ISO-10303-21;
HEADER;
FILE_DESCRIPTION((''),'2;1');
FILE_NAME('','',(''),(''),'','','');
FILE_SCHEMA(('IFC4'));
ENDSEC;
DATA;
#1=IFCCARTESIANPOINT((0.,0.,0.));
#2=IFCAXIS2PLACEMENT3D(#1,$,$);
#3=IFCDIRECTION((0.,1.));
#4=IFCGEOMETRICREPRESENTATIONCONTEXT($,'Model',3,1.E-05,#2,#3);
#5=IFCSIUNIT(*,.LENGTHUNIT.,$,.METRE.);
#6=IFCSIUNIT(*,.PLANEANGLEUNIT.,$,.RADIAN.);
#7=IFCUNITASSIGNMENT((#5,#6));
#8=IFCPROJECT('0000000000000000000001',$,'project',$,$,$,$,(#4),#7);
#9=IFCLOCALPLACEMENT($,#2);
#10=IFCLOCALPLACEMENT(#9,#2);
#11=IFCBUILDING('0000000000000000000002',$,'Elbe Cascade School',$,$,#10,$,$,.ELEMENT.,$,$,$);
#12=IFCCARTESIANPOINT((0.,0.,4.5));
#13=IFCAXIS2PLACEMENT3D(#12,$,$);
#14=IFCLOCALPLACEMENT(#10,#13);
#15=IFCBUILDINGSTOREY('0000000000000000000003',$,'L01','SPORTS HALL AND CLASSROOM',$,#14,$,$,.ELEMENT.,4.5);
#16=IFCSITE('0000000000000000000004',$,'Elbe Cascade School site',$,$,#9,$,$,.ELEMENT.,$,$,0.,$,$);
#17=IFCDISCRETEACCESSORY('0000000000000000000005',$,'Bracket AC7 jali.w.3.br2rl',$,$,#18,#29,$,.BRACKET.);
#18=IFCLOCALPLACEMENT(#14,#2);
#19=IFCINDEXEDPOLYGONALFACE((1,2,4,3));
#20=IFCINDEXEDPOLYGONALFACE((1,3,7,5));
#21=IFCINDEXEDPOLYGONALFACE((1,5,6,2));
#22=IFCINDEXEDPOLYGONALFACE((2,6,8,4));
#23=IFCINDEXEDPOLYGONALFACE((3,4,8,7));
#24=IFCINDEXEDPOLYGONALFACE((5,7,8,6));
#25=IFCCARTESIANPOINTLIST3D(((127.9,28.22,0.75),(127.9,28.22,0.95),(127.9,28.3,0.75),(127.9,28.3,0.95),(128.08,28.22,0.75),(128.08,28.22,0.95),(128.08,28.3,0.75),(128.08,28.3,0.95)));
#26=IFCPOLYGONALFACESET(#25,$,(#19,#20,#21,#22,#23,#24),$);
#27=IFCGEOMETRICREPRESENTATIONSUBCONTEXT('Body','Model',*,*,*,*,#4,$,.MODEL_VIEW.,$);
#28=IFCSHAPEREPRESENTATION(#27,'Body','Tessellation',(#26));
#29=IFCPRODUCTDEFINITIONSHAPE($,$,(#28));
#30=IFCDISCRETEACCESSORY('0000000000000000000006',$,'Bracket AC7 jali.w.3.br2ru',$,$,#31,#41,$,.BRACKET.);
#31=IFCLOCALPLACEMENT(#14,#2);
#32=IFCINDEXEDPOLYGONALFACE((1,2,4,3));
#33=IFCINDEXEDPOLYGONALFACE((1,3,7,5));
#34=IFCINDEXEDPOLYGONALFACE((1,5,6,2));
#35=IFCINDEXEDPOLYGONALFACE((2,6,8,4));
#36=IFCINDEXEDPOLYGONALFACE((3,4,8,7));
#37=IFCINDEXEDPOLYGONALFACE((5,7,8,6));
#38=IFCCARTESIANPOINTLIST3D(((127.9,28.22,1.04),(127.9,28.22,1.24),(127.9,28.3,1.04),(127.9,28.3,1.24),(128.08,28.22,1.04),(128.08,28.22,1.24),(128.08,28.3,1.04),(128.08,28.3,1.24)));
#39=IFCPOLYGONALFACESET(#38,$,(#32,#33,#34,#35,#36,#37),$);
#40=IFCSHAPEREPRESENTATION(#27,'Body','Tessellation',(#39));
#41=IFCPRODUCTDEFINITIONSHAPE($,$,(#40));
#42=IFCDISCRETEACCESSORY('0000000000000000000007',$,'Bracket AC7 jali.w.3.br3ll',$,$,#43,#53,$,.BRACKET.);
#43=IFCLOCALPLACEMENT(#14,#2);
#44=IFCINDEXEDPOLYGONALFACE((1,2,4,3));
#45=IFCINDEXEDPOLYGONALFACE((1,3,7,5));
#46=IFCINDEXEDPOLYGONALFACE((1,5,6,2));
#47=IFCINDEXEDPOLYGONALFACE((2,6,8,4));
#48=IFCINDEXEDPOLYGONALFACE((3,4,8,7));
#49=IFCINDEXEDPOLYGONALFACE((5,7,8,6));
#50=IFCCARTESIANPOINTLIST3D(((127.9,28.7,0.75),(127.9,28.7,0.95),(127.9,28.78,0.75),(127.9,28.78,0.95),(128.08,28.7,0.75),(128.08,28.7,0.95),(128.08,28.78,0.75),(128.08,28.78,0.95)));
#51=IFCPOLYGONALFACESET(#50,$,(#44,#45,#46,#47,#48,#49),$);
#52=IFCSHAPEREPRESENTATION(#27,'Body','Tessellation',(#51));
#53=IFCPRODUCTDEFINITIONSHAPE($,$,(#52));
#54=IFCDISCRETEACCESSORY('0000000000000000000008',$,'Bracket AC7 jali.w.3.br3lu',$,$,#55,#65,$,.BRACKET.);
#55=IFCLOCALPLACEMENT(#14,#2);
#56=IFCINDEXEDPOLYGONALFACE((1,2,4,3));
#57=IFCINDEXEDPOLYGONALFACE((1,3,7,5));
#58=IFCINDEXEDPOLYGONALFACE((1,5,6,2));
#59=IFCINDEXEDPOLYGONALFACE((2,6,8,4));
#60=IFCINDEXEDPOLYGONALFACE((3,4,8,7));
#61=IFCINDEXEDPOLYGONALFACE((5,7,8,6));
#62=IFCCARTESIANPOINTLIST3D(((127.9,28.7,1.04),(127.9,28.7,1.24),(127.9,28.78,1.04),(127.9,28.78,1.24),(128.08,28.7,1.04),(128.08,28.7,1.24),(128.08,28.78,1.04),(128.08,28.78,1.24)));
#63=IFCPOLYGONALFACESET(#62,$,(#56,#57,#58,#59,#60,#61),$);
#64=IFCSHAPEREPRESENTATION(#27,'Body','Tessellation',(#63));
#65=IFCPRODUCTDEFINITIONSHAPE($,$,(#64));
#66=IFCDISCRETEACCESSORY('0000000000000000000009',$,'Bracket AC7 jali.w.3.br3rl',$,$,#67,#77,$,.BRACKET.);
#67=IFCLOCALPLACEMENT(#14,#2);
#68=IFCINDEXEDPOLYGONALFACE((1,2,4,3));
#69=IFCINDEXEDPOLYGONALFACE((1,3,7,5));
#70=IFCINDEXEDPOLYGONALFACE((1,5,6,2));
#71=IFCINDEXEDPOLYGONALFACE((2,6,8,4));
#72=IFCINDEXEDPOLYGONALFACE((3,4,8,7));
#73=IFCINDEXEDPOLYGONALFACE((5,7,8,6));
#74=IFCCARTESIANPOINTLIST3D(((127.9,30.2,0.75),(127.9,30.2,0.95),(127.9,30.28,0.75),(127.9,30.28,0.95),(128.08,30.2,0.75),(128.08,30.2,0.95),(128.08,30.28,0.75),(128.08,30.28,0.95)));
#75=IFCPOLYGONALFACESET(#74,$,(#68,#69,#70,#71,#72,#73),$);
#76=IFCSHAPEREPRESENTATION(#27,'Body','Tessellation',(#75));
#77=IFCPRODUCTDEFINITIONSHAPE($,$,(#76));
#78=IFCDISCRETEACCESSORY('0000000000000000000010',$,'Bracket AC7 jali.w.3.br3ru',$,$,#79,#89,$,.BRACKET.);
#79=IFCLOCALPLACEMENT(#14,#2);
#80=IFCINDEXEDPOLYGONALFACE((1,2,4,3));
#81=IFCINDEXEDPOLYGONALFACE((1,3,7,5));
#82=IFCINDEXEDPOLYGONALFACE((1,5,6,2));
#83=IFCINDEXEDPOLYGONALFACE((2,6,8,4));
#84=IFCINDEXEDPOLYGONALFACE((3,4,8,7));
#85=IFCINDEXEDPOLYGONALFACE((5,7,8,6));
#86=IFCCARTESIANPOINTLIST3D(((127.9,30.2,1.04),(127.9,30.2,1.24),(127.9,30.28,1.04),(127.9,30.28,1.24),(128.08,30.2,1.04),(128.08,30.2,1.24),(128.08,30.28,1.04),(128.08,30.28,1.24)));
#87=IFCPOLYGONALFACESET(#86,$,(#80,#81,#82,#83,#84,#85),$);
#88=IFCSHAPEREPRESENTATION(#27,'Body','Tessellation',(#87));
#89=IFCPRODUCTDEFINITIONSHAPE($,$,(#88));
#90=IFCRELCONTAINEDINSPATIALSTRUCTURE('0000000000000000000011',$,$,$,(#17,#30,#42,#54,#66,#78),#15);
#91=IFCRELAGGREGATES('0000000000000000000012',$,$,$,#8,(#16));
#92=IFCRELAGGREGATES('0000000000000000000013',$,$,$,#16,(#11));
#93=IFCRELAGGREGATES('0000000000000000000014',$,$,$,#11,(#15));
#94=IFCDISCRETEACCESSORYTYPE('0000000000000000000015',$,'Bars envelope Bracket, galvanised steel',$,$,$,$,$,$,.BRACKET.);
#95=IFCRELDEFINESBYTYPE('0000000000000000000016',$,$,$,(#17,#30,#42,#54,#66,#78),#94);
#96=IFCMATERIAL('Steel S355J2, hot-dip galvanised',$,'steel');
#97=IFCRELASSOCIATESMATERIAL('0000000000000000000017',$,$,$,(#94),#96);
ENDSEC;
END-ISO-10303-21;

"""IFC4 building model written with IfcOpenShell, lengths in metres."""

from ifc_helpers import new_model, si_unit, direction, frame, origin, origin_2d, place, context, subcontext, project, spatial, rectangle, extrude, material, type_object, element, save


model = new_model("IFC4")

# Units and contexts
model_context = context("Model", 3, precision=1e-05, world=origin(), true_north=direction((0.0, 1.0)))
body_context = subcontext(model_context, "Body", "Model", "MODEL_VIEW")
ifc_project = project(units=[si_unit("LENGTHUNIT", "METRE"), si_unit("PLANEANGLEUNIT", "RADIAN")], contexts=[model_context])

# Site, building, storey
site_placement = place(None, origin())
site = spatial("IfcSite", under=ifc_project, at=site_placement, Name="Elbe Cascade School site", CompositionType="ELEMENT", RefElevation=0.0)
building_placement = place(site_placement, origin())
building = spatial("IfcBuilding", under=site, at=building_placement, Name="Elbe Cascade School", CompositionType="ELEMENT")
storey_placement = place(building_placement, frame((0.0, 0.0, 4.5)))
storey = spatial("IfcBuildingStorey", under=building, at=storey_placement, Name="L01", Description="SPORTS HALL AND CLASSROOM", CompositionType="ELEMENT", Elevation=4.5)

# Discrete accessories
ifc_material_1 = material(Name="Steel S355J2, hot-dip galvanised", Category="steel")
discrete_accessory_type = type_object("IfcDiscreteAccessoryType", Name="Bars envelope Bracket, galvanised steel", PredefinedType="BRACKET", material=ifc_material_1)
for number, where, z_axis, x_axis, name in (
    (1, (127.99, 28.26, 0.75), (0.0, 0.0, 1.0), (0.0, 1.0, 0.0), "Bracket AC7 jali.w.3.br2rl"),
    (2, (127.99, 28.26, 1.04), (0.0, 0.0, 1.0), (0.0, 1.0, 0.0), "Bracket AC7 jali.w.3.br2ru"),
    (3, (127.99, 28.74, 0.75), (0.0, 0.0, 1.0), (0.0, 1.0, 0.0), "Bracket AC7 jali.w.3.br3ll"),
    (4, (127.99, 28.74, 1.04), (0.0, 0.0, 1.0), (0.0, 1.0, 0.0), "Bracket AC7 jali.w.3.br3lu"),
    (5, (127.99, 30.24, 0.75), (0.0, 0.0, 1.0), (0.0, 1.0, 0.0), "Bracket AC7 jali.w.3.br3rl"),
    (6, (127.99, 30.24, 1.04), (0.0, 0.0, 1.0), (0.0, 1.0, 0.0), "Bracket AC7 jali.w.3.br3ru"),
):
    element("IfcDiscreteAccessory", number, at=place(storey_placement, frame(where, z_axis=z_axis, x_axis=x_axis)), inside=storey, type_object=discrete_accessory_type, Name=name, PredefinedType="BRACKET", context=body_context, shape_type="SweptSolid", body=[
        extrude(rectangle(XDim=0.0801, YDim=0.1799, at=origin_2d()), origin(), (0.0, 0.0, 1.0), 0.2),
    ])

save(model, "model.ifc")
